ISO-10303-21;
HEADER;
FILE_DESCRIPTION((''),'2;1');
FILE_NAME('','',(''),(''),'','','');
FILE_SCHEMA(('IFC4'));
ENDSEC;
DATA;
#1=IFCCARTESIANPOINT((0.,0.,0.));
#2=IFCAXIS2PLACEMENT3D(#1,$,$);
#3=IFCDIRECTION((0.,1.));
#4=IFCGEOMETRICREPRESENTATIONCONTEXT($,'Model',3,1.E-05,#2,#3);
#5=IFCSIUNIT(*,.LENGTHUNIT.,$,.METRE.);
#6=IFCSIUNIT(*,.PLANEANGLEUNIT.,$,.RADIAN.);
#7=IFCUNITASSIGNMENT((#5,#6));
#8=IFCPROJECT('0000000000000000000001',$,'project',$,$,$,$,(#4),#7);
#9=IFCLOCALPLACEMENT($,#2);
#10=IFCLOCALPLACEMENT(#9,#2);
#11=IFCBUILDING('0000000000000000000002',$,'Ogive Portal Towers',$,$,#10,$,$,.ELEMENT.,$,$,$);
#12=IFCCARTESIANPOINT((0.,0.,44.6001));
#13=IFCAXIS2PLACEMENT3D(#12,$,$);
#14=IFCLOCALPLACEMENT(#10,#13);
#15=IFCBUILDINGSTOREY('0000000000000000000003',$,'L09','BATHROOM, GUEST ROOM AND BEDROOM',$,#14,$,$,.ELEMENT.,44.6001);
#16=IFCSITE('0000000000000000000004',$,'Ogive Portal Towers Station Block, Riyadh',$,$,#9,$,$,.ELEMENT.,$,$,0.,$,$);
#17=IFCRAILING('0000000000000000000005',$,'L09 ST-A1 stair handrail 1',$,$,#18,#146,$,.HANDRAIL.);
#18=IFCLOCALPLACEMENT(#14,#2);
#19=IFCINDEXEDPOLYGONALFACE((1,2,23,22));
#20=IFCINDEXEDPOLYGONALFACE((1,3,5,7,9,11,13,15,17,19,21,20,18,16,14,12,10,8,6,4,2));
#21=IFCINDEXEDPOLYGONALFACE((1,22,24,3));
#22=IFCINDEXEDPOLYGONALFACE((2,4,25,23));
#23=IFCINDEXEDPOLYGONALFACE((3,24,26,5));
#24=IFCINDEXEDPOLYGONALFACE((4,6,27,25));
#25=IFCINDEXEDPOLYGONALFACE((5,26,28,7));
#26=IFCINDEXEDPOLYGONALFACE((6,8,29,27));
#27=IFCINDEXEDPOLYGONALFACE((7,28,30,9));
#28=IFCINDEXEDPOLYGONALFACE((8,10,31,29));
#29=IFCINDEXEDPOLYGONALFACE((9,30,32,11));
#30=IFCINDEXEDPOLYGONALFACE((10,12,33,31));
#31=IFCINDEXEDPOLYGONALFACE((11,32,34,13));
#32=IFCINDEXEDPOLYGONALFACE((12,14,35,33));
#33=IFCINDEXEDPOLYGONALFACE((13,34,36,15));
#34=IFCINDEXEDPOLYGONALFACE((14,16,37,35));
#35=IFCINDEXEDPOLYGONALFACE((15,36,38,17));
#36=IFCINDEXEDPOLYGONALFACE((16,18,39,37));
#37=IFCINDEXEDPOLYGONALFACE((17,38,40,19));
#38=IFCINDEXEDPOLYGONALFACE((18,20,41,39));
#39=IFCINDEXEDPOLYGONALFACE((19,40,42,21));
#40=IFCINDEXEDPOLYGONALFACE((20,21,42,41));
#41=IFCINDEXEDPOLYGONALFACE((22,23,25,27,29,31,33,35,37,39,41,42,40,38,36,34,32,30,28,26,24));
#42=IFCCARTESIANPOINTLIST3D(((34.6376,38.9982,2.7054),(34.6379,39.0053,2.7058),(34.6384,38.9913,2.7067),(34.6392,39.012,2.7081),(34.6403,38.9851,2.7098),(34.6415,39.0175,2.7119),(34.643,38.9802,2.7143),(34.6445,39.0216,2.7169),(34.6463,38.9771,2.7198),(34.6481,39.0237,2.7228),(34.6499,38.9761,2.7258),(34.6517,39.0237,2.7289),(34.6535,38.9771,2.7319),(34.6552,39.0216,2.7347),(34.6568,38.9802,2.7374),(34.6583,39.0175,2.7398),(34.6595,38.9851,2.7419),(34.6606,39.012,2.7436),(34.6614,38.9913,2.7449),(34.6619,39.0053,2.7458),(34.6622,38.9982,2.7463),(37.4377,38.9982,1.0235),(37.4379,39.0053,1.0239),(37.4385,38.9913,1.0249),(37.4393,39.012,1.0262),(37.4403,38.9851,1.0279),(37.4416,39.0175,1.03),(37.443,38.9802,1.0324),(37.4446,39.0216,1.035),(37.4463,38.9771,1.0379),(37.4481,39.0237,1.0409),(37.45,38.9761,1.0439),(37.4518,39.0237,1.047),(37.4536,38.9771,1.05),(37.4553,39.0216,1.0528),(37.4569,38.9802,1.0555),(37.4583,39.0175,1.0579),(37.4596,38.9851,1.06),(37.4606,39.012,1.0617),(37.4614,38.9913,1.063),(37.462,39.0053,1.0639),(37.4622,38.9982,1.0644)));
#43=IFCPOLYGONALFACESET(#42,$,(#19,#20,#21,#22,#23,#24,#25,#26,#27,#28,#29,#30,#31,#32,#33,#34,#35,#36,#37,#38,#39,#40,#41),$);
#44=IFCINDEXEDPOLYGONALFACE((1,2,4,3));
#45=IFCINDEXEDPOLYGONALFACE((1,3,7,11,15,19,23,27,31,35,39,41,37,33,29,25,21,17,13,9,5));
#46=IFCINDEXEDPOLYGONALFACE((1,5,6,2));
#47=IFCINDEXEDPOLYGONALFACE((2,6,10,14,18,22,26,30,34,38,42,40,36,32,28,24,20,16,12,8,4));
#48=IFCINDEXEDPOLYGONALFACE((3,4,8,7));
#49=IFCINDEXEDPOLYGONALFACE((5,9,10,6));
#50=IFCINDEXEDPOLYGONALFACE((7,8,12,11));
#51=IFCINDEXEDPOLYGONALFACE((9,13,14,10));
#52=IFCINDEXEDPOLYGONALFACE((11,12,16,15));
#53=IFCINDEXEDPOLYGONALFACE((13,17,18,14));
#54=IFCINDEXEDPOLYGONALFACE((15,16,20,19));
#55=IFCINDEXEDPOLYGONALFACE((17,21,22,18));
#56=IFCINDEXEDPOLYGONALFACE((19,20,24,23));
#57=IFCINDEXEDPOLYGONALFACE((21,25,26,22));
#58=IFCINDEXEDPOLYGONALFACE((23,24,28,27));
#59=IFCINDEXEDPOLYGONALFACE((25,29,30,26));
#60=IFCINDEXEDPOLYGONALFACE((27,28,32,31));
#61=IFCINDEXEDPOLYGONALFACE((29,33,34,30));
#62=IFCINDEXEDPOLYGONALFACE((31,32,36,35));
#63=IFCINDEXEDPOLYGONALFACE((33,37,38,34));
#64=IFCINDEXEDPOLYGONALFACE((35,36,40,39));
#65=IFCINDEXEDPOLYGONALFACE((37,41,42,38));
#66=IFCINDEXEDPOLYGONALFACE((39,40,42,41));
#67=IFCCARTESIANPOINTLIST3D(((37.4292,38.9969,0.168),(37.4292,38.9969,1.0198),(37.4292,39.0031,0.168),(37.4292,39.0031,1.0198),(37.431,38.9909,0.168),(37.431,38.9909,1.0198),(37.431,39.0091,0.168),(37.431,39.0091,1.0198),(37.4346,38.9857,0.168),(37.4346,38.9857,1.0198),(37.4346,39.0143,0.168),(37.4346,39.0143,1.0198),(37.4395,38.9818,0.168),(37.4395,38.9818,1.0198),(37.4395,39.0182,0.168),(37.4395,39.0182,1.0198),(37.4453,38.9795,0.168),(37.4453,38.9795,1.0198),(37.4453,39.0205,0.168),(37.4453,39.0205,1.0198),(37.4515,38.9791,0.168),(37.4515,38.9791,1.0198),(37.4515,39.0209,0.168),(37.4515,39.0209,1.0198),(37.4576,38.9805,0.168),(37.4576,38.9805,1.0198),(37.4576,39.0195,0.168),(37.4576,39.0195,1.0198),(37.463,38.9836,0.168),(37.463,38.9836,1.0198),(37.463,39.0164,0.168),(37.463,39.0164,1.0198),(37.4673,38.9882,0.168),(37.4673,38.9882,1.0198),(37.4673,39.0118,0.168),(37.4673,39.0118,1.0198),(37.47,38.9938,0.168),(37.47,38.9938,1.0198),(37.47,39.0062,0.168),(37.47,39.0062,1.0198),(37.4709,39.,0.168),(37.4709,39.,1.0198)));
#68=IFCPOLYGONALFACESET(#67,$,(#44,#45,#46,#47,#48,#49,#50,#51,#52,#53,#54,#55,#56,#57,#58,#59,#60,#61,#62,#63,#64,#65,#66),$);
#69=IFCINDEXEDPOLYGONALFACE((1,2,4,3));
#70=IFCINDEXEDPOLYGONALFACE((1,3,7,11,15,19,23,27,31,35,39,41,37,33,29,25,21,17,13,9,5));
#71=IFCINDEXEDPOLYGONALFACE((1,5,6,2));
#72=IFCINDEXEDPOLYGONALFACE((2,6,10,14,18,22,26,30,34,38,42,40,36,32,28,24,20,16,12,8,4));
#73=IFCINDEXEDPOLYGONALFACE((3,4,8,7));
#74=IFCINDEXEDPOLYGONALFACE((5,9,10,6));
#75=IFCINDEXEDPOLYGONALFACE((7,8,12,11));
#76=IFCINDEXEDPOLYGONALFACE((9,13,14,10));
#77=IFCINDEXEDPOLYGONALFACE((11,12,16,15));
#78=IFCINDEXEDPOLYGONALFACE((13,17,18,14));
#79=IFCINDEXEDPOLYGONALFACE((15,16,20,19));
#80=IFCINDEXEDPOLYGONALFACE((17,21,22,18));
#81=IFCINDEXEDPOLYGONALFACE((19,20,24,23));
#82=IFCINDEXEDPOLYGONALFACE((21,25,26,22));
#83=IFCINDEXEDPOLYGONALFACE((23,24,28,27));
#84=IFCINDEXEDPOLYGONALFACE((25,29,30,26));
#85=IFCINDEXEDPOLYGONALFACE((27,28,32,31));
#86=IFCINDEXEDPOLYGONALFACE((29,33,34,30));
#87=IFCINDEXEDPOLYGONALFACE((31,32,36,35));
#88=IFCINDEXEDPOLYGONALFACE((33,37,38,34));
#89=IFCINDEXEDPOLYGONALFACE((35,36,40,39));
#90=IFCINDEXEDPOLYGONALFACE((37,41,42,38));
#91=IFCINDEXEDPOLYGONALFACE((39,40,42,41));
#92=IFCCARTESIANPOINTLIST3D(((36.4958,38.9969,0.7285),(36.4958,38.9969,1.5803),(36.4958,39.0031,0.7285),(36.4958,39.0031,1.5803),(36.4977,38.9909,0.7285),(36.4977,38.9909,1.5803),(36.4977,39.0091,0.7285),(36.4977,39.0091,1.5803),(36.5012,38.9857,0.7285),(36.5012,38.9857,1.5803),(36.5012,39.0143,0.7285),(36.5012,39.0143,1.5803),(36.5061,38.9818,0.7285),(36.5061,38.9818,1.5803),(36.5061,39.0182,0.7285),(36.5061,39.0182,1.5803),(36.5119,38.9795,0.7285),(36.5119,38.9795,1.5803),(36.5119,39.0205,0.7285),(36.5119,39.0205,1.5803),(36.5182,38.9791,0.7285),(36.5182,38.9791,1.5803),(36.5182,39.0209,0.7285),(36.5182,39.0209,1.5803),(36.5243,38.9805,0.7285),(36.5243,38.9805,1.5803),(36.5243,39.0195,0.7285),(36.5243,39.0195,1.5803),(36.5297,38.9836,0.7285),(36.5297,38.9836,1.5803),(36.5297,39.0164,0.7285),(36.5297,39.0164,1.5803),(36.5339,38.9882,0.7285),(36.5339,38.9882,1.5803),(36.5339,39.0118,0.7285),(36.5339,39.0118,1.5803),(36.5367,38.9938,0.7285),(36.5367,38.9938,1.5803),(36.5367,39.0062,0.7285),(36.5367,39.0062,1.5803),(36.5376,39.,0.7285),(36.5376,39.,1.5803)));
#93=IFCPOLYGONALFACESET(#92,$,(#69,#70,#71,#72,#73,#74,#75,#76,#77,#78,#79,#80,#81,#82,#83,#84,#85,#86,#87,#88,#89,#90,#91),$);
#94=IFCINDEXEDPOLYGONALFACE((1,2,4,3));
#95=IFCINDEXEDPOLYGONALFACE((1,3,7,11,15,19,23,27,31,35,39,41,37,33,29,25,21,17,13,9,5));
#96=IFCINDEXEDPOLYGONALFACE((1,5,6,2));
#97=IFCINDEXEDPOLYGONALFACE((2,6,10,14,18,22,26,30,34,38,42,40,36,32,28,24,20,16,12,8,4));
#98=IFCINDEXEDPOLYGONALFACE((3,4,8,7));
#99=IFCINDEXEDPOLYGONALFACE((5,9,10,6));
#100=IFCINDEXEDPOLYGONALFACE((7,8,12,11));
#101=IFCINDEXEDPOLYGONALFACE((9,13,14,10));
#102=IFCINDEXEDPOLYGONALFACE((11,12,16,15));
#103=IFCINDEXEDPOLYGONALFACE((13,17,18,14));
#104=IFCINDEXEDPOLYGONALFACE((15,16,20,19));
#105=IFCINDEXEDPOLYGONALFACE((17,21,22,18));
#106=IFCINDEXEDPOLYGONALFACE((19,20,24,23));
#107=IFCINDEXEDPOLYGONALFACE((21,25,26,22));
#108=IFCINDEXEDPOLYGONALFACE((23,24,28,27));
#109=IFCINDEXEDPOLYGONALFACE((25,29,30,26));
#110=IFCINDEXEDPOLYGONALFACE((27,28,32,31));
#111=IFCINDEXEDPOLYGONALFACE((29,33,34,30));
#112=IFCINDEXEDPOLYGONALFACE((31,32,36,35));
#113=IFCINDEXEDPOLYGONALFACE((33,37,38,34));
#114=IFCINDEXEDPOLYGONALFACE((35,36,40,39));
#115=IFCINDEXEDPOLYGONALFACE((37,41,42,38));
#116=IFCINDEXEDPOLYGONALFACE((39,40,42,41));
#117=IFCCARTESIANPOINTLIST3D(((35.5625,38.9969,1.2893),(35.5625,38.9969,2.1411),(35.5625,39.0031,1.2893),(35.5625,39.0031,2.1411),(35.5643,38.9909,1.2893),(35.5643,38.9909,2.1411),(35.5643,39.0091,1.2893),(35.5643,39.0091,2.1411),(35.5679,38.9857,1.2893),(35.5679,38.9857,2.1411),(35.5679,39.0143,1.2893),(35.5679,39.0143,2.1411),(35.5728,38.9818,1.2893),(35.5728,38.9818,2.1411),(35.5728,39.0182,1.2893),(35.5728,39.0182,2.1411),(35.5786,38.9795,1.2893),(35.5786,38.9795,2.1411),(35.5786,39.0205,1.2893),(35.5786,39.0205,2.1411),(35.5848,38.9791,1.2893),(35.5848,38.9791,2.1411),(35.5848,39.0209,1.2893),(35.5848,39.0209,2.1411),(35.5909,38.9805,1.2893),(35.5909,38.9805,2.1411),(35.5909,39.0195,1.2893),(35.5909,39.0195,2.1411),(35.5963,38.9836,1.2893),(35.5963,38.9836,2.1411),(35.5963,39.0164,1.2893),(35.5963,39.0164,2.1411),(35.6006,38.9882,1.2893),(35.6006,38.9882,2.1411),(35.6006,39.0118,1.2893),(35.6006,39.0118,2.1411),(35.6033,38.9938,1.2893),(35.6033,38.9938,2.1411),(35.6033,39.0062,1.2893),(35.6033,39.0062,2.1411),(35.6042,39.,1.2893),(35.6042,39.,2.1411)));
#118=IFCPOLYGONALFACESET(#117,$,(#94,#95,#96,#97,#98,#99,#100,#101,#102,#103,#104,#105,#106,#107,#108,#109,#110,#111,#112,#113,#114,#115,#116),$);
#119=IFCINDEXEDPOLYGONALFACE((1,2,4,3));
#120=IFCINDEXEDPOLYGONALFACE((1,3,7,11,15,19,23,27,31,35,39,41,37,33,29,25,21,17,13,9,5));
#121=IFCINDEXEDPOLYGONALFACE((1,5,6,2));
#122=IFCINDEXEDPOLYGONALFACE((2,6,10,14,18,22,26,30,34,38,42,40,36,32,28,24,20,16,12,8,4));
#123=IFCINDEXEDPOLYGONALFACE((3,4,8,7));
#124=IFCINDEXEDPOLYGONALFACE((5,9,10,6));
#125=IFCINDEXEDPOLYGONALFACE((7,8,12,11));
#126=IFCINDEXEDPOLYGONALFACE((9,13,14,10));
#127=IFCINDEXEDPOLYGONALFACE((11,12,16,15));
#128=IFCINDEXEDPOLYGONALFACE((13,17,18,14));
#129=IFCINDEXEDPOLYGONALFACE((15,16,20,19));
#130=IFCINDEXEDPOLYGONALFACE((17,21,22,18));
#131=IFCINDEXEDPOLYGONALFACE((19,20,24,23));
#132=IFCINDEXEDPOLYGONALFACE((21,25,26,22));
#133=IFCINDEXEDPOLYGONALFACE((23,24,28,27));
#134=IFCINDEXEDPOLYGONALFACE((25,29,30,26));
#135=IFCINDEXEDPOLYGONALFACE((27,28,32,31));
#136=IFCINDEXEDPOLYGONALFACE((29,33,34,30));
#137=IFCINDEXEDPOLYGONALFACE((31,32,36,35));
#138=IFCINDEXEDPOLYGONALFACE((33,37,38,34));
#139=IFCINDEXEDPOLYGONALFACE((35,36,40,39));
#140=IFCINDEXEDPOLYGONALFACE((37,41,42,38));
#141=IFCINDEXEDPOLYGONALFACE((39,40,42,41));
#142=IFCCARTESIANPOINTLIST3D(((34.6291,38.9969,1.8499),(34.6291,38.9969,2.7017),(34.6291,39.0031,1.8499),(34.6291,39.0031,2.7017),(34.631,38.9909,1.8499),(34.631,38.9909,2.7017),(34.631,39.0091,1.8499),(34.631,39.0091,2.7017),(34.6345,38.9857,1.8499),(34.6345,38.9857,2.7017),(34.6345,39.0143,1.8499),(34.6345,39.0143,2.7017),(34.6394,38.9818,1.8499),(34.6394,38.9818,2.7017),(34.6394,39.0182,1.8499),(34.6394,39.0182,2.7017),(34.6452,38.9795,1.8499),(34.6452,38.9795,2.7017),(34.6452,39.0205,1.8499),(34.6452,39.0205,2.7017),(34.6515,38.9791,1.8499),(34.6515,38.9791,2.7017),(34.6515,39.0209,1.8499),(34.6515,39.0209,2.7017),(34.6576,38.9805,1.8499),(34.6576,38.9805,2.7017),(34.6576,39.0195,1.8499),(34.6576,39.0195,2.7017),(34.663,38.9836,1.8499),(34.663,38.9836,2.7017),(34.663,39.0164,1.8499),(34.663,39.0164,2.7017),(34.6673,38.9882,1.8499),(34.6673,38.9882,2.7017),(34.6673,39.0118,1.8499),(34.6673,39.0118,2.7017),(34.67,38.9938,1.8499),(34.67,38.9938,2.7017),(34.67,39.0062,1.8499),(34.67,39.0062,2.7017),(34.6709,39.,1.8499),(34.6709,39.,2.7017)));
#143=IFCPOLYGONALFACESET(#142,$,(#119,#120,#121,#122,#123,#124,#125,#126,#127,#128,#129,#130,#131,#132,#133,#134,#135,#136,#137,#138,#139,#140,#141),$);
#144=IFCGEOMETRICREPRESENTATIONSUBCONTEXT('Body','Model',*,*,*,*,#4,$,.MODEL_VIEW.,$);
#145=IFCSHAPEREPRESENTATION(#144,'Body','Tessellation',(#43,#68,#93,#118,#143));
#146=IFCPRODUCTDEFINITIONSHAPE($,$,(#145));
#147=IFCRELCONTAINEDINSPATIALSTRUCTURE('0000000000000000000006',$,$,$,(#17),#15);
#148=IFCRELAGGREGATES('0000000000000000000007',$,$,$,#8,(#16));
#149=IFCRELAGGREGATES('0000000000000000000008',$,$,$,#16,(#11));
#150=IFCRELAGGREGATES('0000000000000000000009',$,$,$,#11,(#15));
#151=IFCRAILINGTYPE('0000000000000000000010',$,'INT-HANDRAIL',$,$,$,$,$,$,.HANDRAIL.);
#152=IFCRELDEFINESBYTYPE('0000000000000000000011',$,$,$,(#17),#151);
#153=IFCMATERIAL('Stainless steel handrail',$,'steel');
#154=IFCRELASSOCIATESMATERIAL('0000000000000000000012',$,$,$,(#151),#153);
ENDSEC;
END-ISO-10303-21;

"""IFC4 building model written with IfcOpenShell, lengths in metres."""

from ifc_helpers import new_model, si_unit, direction, frame, origin, origin_2d, place, context, subcontext, project, spatial, circle, extrude, material, type_object, element, save


model = new_model("IFC4")

# Units and contexts
model_context = context("Model", 3, precision=1e-05, world=origin(), true_north=direction((0.0, 1.0)))
body_context = subcontext(model_context, "Body", "Model", "MODEL_VIEW")
ifc_project = project(units=[si_unit("LENGTHUNIT", "METRE"), si_unit("PLANEANGLEUNIT", "RADIAN")], contexts=[model_context])

# Site, building, storey
site_placement = place(None, origin())
site = spatial("IfcSite", under=ifc_project, at=site_placement, Name="Ogive Portal Towers Station Block, Riyadh", CompositionType="ELEMENT", RefElevation=0.0)
building_placement = place(site_placement, origin())
building = spatial("IfcBuilding", under=site, at=building_placement, Name="Ogive Portal Towers", CompositionType="ELEMENT")
storey_placement = place(building_placement, frame((0.0, 0.0, 44.6001)))
storey = spatial("IfcBuildingStorey", under=building, at=storey_placement, Name="L09", Description="BATHROOM, GUEST ROOM AND BEDROOM", CompositionType="ELEMENT", Elevation=44.6001)

# Railing
ifc_material_1 = material(Name="Stainless steel handrail", Category="steel")
railing_type_1 = type_object("IfcRailingType", Name="INT-HANDRAIL", PredefinedType="HANDRAIL", material=ifc_material_1)
railing_1_placement = place(storey_placement, frame((37.45, 39.0, 0.168)))
element("IfcRailing", 1, at=railing_1_placement, inside=storey, type_object=railing_type_1, Name="L09 ST-A1 stair handrail 1", PredefinedType="HANDRAIL", context=body_context, shape_type="SweptSolid", body=[
    extrude(circle(Radius=0.0239, at=origin_2d()), frame((0.0, 0.0, 0.876), z_axis=(-0.857242, 0.0, 0.514913), x_axis=(0.0, -1.0, 0.0)), (0.0, 0.0, 1.0), 3.2664),
    extrude(circle(Radius=0.021, at=origin_2d()), origin(), (0.0, 0.0, 1.0), 0.8518),
    extrude(circle(Radius=0.021, at=origin_2d()), frame((-0.9333, 0.0, 0.5605)), (0.0, 0.0, 1.0), 0.8518),
    extrude(circle(Radius=0.021, at=origin_2d()), frame((-1.8667, 0.0, 1.1213)), (0.0, 0.0, 1.0), 0.8518),
    extrude(circle(Radius=0.021, at=origin_2d()), frame((-2.8, 0.0, 1.6819)), (0.0, 0.0, 1.0), 0.8518),
])

save(model, "model.ifc")
